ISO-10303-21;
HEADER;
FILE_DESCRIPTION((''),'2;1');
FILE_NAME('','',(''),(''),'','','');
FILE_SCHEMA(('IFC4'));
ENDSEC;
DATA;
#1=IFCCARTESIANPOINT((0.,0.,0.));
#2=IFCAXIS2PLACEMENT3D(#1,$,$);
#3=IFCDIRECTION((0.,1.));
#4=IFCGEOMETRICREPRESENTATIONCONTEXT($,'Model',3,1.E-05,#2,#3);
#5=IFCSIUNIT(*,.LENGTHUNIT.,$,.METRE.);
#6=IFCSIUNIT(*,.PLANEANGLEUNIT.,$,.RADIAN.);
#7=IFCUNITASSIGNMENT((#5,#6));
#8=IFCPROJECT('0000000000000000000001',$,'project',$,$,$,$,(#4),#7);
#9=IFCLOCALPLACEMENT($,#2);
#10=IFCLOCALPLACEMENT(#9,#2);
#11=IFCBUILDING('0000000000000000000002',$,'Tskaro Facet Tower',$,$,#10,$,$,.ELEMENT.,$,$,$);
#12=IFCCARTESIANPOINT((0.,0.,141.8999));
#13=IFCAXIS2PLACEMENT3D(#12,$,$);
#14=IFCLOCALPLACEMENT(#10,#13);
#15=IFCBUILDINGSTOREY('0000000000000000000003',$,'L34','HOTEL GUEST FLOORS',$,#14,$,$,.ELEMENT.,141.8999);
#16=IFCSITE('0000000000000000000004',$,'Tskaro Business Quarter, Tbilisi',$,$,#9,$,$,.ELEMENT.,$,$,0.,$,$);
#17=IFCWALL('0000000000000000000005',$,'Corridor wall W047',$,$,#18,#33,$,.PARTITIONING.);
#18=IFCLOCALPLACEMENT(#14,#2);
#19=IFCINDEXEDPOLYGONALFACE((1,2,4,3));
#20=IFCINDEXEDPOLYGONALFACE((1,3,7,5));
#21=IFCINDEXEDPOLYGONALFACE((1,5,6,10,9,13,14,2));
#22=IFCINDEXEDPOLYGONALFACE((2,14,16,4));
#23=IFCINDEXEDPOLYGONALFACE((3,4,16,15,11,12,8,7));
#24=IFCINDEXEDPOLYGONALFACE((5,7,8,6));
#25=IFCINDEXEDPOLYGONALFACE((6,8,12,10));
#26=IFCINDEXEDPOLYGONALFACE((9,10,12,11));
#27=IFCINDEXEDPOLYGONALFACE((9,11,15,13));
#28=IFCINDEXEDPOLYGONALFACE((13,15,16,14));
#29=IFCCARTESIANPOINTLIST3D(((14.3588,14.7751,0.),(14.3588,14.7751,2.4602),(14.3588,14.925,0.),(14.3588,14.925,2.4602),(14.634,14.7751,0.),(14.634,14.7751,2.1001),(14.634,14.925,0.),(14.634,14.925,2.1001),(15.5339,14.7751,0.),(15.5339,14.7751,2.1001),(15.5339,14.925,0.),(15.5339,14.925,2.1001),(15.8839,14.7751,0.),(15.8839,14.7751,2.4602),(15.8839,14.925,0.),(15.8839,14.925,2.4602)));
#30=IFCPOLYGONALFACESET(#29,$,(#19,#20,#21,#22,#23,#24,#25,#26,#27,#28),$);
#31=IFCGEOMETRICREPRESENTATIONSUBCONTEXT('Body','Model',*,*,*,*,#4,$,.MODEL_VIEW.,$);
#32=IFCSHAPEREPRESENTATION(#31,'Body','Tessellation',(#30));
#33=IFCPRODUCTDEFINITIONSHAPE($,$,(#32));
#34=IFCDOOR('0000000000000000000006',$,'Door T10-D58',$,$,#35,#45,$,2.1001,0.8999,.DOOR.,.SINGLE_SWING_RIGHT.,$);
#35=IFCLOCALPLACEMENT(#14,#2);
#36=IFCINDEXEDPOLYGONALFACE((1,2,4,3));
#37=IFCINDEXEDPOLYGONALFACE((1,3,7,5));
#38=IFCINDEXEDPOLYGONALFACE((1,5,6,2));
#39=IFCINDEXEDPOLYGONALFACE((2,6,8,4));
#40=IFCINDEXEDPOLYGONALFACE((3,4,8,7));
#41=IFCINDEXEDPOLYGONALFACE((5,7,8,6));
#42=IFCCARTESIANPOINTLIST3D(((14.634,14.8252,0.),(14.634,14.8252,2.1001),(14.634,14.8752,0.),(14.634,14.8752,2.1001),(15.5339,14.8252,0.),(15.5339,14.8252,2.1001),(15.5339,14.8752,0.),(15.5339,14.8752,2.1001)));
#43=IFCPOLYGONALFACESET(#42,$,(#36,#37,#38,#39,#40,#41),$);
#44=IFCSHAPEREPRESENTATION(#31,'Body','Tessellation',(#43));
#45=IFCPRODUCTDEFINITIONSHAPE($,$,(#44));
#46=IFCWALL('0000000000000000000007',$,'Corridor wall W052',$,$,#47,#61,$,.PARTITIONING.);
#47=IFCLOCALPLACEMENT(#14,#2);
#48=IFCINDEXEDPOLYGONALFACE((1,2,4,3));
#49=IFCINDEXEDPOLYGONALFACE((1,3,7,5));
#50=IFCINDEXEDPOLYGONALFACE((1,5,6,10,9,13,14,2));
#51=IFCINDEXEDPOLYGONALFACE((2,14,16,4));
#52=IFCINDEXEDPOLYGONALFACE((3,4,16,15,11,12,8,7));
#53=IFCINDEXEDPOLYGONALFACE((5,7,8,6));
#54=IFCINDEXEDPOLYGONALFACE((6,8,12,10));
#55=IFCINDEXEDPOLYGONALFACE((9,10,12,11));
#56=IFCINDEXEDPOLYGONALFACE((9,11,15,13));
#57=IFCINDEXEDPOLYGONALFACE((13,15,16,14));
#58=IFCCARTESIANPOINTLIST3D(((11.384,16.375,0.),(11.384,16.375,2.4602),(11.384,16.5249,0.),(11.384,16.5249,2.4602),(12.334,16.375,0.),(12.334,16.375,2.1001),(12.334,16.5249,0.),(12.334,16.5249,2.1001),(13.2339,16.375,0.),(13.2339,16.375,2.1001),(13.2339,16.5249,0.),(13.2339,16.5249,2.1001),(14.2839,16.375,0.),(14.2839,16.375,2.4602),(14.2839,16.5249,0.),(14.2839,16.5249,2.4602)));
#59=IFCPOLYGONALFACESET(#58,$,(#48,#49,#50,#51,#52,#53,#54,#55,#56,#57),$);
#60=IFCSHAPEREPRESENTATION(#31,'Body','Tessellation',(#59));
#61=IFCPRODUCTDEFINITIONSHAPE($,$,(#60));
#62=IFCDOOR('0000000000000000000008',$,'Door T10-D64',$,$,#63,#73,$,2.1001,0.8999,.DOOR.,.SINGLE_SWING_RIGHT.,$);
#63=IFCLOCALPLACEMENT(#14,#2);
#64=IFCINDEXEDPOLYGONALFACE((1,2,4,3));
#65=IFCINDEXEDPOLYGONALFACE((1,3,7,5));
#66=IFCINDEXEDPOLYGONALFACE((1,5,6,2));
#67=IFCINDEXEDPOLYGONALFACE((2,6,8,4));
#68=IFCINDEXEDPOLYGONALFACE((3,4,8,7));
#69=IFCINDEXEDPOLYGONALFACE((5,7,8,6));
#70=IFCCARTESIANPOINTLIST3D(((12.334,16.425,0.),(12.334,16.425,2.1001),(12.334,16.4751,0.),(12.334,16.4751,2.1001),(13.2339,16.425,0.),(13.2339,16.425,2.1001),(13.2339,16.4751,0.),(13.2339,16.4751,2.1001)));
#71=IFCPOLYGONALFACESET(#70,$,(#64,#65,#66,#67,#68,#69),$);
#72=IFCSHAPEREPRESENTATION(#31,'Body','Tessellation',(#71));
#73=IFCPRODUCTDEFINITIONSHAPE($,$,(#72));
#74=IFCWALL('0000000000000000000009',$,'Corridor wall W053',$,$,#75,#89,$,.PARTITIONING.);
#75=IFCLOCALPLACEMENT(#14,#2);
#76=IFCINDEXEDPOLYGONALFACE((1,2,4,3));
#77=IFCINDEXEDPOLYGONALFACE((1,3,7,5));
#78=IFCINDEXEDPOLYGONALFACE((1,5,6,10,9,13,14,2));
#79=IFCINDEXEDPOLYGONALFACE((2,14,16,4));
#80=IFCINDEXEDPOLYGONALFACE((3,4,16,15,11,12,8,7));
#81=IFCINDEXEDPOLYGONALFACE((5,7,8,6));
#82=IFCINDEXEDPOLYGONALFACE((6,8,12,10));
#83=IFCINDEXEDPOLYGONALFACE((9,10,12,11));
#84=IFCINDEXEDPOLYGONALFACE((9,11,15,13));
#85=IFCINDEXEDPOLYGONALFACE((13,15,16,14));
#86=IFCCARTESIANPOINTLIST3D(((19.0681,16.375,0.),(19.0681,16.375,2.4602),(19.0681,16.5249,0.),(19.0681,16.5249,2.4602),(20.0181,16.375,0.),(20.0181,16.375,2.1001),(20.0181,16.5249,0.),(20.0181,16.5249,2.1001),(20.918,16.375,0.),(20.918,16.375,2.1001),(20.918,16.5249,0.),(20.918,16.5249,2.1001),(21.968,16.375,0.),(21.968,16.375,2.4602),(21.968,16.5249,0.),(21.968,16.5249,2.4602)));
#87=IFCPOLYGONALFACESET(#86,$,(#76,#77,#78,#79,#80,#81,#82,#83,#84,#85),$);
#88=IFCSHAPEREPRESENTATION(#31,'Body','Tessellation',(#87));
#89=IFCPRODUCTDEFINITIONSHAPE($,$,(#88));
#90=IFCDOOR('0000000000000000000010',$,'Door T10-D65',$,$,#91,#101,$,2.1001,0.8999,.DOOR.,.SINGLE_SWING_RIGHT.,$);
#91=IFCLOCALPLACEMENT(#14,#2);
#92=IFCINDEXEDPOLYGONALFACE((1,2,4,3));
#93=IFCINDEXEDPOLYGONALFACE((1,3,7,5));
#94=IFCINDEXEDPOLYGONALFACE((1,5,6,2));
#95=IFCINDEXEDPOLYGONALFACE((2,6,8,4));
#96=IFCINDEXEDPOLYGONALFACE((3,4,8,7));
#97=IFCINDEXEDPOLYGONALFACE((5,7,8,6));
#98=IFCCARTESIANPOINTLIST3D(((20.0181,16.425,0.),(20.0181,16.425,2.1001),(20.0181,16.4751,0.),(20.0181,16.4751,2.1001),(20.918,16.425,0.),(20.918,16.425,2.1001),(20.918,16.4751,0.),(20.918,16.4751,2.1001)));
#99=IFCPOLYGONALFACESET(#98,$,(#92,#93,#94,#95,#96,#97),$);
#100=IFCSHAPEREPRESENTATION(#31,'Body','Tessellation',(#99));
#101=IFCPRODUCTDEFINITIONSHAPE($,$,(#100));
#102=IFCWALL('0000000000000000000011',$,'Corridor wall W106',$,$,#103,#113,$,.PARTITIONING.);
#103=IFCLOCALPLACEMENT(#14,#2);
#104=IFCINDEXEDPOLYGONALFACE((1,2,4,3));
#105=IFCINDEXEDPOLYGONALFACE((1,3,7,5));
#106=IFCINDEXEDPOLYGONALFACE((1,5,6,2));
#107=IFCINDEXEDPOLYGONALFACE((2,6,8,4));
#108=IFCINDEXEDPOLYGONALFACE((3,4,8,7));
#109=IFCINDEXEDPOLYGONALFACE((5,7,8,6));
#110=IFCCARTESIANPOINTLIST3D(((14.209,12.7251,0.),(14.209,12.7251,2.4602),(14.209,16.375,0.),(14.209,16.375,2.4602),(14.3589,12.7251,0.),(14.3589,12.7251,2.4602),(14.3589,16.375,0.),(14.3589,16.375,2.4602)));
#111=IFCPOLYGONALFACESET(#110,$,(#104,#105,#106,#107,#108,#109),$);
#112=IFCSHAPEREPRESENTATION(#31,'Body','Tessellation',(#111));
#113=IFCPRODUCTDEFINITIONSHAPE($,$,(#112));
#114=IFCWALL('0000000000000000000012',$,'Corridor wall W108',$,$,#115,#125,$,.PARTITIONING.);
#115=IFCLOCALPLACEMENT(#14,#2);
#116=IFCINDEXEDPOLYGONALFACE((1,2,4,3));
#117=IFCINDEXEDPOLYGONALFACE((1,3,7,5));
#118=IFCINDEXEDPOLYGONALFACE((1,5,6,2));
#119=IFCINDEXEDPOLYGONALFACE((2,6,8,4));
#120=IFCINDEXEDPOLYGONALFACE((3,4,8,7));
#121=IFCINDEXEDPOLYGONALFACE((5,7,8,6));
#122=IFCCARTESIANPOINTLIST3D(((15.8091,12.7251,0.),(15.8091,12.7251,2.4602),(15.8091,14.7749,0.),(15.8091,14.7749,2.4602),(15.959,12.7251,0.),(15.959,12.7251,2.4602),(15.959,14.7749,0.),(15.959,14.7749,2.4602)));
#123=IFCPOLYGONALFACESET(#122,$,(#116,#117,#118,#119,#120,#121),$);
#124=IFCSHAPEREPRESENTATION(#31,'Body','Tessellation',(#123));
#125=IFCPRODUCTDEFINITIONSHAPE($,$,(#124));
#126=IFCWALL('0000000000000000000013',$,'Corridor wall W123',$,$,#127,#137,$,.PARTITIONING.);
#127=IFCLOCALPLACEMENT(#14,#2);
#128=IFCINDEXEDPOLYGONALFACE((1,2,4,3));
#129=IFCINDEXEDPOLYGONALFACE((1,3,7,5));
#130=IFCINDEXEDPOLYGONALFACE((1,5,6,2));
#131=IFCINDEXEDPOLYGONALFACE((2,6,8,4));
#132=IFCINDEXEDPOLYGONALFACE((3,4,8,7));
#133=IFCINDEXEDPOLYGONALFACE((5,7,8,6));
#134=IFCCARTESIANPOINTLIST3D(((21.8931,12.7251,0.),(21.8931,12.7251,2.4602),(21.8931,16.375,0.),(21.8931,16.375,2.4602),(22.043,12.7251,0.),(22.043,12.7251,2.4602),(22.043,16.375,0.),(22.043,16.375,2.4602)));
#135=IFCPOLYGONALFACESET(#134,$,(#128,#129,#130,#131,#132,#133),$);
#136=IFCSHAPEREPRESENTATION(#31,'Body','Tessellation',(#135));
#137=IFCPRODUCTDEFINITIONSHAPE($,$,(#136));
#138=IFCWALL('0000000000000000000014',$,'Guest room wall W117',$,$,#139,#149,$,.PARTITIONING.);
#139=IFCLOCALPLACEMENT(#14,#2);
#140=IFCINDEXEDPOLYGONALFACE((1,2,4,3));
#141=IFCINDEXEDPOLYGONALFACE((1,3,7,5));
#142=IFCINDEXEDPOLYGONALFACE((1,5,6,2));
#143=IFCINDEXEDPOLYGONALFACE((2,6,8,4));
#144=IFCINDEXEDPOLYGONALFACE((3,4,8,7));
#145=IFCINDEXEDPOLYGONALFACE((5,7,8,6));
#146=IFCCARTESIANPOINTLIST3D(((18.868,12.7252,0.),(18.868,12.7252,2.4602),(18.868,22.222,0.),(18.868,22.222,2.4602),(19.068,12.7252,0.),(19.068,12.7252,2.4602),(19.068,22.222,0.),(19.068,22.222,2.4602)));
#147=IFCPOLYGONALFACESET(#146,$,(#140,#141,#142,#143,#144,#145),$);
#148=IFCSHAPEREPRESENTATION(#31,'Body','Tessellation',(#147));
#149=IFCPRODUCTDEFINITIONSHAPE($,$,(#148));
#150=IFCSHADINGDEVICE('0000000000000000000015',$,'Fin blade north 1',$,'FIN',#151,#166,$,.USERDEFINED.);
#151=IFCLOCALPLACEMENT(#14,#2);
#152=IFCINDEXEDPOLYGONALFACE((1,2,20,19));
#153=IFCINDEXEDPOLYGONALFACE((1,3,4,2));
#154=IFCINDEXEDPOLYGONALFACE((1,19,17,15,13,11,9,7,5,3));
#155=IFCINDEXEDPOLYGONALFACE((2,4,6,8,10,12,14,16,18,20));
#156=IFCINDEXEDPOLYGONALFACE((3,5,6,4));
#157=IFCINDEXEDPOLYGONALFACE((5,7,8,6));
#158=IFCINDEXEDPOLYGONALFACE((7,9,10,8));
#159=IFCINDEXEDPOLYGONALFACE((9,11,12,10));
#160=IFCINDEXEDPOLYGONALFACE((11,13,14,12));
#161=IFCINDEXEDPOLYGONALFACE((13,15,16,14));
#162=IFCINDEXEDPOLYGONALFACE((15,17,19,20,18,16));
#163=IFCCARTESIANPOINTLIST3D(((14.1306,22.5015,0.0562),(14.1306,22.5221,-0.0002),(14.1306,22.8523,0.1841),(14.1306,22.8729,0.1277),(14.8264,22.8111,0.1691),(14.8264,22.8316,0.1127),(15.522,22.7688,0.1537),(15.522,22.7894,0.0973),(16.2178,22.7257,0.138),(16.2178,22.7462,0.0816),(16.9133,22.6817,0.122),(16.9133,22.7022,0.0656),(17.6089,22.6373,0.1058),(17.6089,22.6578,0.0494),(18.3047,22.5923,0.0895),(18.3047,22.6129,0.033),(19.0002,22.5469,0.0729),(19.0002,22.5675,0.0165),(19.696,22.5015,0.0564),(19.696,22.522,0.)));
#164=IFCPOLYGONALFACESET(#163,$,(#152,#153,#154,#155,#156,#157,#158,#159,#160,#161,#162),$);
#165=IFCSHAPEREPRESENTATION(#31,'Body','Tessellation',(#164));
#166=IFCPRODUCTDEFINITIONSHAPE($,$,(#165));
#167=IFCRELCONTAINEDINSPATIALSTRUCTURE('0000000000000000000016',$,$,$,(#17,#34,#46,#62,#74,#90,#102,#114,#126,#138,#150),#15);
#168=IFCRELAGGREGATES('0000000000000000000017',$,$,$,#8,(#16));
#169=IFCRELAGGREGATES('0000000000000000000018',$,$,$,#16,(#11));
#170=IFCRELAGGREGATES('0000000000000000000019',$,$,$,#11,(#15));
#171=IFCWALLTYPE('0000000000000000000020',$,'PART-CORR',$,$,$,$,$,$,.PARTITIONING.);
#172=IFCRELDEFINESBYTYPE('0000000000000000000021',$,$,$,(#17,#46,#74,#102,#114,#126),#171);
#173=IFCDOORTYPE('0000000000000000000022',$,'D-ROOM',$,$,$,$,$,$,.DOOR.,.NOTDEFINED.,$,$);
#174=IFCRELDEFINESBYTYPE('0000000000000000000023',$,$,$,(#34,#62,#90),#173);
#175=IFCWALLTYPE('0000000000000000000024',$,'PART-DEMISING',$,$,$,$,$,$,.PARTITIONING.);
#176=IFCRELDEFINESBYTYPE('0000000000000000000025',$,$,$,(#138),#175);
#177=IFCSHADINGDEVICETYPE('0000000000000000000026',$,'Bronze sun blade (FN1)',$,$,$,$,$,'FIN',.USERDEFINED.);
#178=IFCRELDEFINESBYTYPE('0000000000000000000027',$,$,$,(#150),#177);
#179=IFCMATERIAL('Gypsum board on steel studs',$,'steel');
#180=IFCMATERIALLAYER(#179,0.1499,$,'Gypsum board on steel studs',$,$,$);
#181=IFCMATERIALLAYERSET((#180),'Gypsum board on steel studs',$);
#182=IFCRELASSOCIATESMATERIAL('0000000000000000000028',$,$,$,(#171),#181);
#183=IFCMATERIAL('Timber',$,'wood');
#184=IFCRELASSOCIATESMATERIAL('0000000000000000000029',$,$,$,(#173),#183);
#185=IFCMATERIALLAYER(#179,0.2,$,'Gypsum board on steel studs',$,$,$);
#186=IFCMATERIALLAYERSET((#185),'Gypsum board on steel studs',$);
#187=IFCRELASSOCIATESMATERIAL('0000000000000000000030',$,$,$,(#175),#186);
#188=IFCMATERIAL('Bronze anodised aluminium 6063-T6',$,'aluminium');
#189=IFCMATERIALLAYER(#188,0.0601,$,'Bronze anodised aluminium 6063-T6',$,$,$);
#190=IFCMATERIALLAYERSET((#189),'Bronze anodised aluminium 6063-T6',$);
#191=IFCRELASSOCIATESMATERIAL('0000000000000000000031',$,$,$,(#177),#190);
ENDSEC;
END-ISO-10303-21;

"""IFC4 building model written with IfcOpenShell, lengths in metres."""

from ifc_helpers import new_model, si_unit, direction, frame, frame_2d, origin, place, context, subcontext, project, spatial, polyline, rectangle, outline, extrude, material, layer, layer_set, type_object, element, fill, save


model = new_model("IFC4")

# Units and contexts
model_context = context("Model", 3, precision=1e-05, world=origin(), true_north=direction((0.0, 1.0)))
body_context = subcontext(model_context, "Body", "Model", "MODEL_VIEW")
ifc_project = project(units=[si_unit("LENGTHUNIT", "METRE"), si_unit("PLANEANGLEUNIT", "RADIAN")], contexts=[model_context])

# Site, building, storey
site_placement = place(None, origin())
site = spatial("IfcSite", under=ifc_project, at=site_placement, Name="Tskaro Business Quarter, Tbilisi", CompositionType="ELEMENT", RefElevation=0.0)
building_placement = place(site_placement, origin())
building = spatial("IfcBuilding", under=site, at=building_placement, Name="Tskaro Facet Tower", CompositionType="ELEMENT")
storey_placement = place(building_placement, frame((0.0, 0.0, 141.8999)))
storey = spatial("IfcBuildingStorey", under=building, at=storey_placement, Name="L34", Description="HOTEL GUEST FLOORS", CompositionType="ELEMENT", Elevation=141.8999)

# Shared definitions
ifc_material_1 = material(Name="Bronze anodised aluminium 6063-T6", Category="aluminium")

# Walls, openings, doors
ifc_material_2 = material(Name="Gypsum board on steel studs", Category="steel")
ifc_layer_1 = layer(ifc_material_2, 0.1499, Name="Gypsum board on steel studs")
ifc_layer_set_1 = layer_set([ifc_layer_1], Name="Gypsum board on steel studs")
wall_type_1 = type_object("IfcWallType", Name="PART-CORR", PredefinedType="PARTITIONING", material=ifc_layer_set_1)
wall_1_placement = place(storey_placement, frame((15.884, 14.8501, 0.0), z_axis=(0.0, 0.0, 1.0), x_axis=(-1.0, 0.0, 0.0)))
wall_1 = element("IfcWall", 1, at=wall_1_placement, inside=storey, type_object=wall_type_1, Name="Corridor wall W047", PredefinedType="PARTITIONING", context=body_context, shape_type="SweptSolid", body=[
    extrude(rectangle(XDim=1.5251, YDim=0.1499, at=frame_2d((0.7627, 0.0))), origin(), (0.0, 0.0, 1.0), 2.4602),
])
opening_1_placement = place(wall_1_placement, frame((0.3501, 0.0, 0.0)))
opening_1 = element("IfcOpeningElement", 2, at=opening_1_placement, cuts=wall_1, PredefinedType="OPENING", context=body_context, shape_type="SweptSolid", body=[
    extrude(rectangle(XDim=0.8999, YDim=2.1001, at=frame_2d((0.45, 1.05))), frame((0.0, 0.085, 0.0), z_axis=(0.0, -1.0, 0.0), x_axis=(1.0, 0.0, 0.0)), (0.0, 0.0, 1.0), 0.1699),
])
ifc_material_3 = material(Name="Timber", Category="wood")
door_type = type_object("IfcDoorType", Name="D-ROOM", OperationType="NOTDEFINED", PredefinedType="DOOR", material=ifc_material_3)
door_1_placement = place(opening_1_placement, origin())
door_1 = element("IfcDoor", 3, at=door_1_placement, inside=storey, type_object=door_type, Name="Door T10-D58", OperationType="SINGLE_SWING_RIGHT", OverallHeight=2.1001, OverallWidth=0.8999, PredefinedType="DOOR", context=body_context, shape_type="SweptSolid", body=[
    extrude(rectangle(XDim=0.8999, YDim=2.1001, at=frame_2d((0.45, 1.05))), frame((0.0, 0.0249, 0.0), z_axis=(0.0, -1.0, 0.0), x_axis=(1.0, 0.0, 0.0)), (0.0, 0.0, 1.0), 0.05),
])
fill(opening_1, door_1)
wall_2_placement = place(storey_placement, frame((14.2839, 16.45, 0.0), z_axis=(0.0, 0.0, 1.0), x_axis=(-1.0, 0.0, 0.0)))
wall_2 = element("IfcWall", 4, at=wall_2_placement, inside=storey, type_object=wall_type_1, Name="Corridor wall W052", PredefinedType="PARTITIONING", context=body_context, shape_type="SweptSolid", body=[
    extrude(rectangle(XDim=2.8999, YDim=0.1499, at=frame_2d((1.45, 0.0))), origin(), (0.0, 0.0, 1.0), 2.4602),
])
opening_2_placement = place(wall_2_placement, frame((1.05, 0.0, 0.0)))
opening_2 = element("IfcOpeningElement", 5, at=opening_2_placement, cuts=wall_2, PredefinedType="OPENING", context=body_context, shape_type="SweptSolid", body=[
    extrude(rectangle(XDim=0.8999, YDim=2.1001, at=frame_2d((0.45, 1.05))), frame((0.0, 0.085, 0.0), z_axis=(0.0, -1.0, 0.0), x_axis=(1.0, 0.0, 0.0)), (0.0, 0.0, 1.0), 0.1699),
])
door_2_placement = place(opening_2_placement, origin())
door_2 = element("IfcDoor", 6, at=door_2_placement, inside=storey, type_object=door_type, Name="Door T10-D64", OperationType="SINGLE_SWING_RIGHT", OverallHeight=2.1001, OverallWidth=0.8999, PredefinedType="DOOR", context=body_context, shape_type="SweptSolid", body=[
    extrude(rectangle(XDim=0.8999, YDim=2.1001, at=frame_2d((0.45, 1.05))), frame((0.0, 0.0249, 0.0), z_axis=(0.0, -1.0, 0.0), x_axis=(1.0, 0.0, 0.0)), (0.0, 0.0, 1.0), 0.05),
])
fill(opening_2, door_2)
wall_3_placement = place(storey_placement, frame((21.968, 16.45, 0.0), z_axis=(0.0, 0.0, 1.0), x_axis=(-1.0, 0.0, 0.0)))
wall_3 = element("IfcWall", 7, at=wall_3_placement, inside=storey, type_object=wall_type_1, Name="Corridor wall W053", PredefinedType="PARTITIONING", context=body_context, shape_type="SweptSolid", body=[
    extrude(rectangle(XDim=2.8999, YDim=0.1499, at=frame_2d((1.45, 0.0))), origin(), (0.0, 0.0, 1.0), 2.4602),
])
opening_3_placement = place(wall_3_placement, frame((1.05, 0.0, 0.0)))
opening_3 = element("IfcOpeningElement", 8, at=opening_3_placement, cuts=wall_3, PredefinedType="OPENING", context=body_context, shape_type="SweptSolid", body=[
    extrude(rectangle(XDim=0.8999, YDim=2.1001, at=frame_2d((0.45, 1.05))), frame((0.0, 0.085, 0.0), z_axis=(0.0, -1.0, 0.0), x_axis=(1.0, 0.0, 0.0)), (0.0, 0.0, 1.0), 0.1699),
])
door_3_placement = place(opening_3_placement, origin())
door_3 = element("IfcDoor", 9, at=door_3_placement, inside=storey, type_object=door_type, Name="Door T10-D65", OperationType="SINGLE_SWING_RIGHT", OverallHeight=2.1001, OverallWidth=0.8999, PredefinedType="DOOR", context=body_context, shape_type="SweptSolid", body=[
    extrude(rectangle(XDim=0.8999, YDim=2.1001, at=frame_2d((0.45, 1.05))), frame((0.0, 0.0249, 0.0), z_axis=(0.0, -1.0, 0.0), x_axis=(1.0, 0.0, 0.0)), (0.0, 0.0, 1.0), 0.05),
])
fill(opening_3, door_3)

# Walls
wall_4_placement = place(storey_placement, frame((14.2839, 12.7251, 0.0), z_axis=(0.0, 0.0, 1.0), x_axis=(0.0, 1.0, 0.0)))
element("IfcWall", 10, at=wall_4_placement, inside=storey, type_object=wall_type_1, Name="Corridor wall W106", PredefinedType="PARTITIONING", context=body_context, shape_type="SweptSolid", body=[
    extrude(rectangle(XDim=3.6499, YDim=0.1499, at=frame_2d((1.825, 0.0))), origin(), (0.0, 0.0, 1.0), 2.4602),
])
wall_5_placement = place(storey_placement, frame((15.884, 12.7251, 0.0), z_axis=(0.0, 0.0, 1.0), x_axis=(0.0, 1.0, 0.0)))
element("IfcWall", 11, at=wall_5_placement, inside=storey, type_object=wall_type_1, Name="Corridor wall W108", PredefinedType="PARTITIONING", context=body_context, shape_type="SweptSolid", body=[
    extrude(rectangle(XDim=2.0498, YDim=0.1499, at=frame_2d((1.0249, 0.0))), origin(), (0.0, 0.0, 1.0), 2.4602),
])
wall_6_placement = place(storey_placement, frame((21.968, 12.7251, 0.0), z_axis=(0.0, 0.0, 1.0), x_axis=(0.0, 1.0, 0.0)))
element("IfcWall", 12, at=wall_6_placement, inside=storey, type_object=wall_type_1, Name="Corridor wall W123", PredefinedType="PARTITIONING", context=body_context, shape_type="SweptSolid", body=[
    extrude(rectangle(XDim=3.6499, YDim=0.1499, at=frame_2d((1.825, 0.0))), origin(), (0.0, 0.0, 1.0), 2.4602),
])
ifc_layer_2 = layer(ifc_material_2, 0.2, Name="Gypsum board on steel studs")
ifc_layer_set_2 = layer_set([ifc_layer_2], Name="Gypsum board on steel studs")
wall_type_2 = type_object("IfcWallType", Name="PART-DEMISING", PredefinedType="PARTITIONING", material=ifc_layer_set_2)
wall_7_placement = place(storey_placement, frame((18.968, 12.7251, 0.0), z_axis=(0.0, 0.0, 1.0), x_axis=(0.0, 1.0, 0.0)))
element("IfcWall", 13, at=wall_7_placement, inside=storey, type_object=wall_type_2, Name="Guest room wall W117", PredefinedType="PARTITIONING", context=body_context, shape_type="SweptSolid", body=[
    extrude(rectangle(XDim=9.4968, YDim=0.2, at=frame_2d((4.7485, 0.0))), origin(), (0.0, 0.0, 1.0), 2.4602),
])

# Shading device
ifc_layer_3 = layer(ifc_material_1, 0.0601, Name="Bronze anodised aluminium 6063-T6")
ifc_layer_set_3 = layer_set([ifc_layer_3], Name="Bronze anodised aluminium 6063-T6")
shading_device_type = type_object("IfcShadingDeviceType", Name="Bronze sun blade (FN1)", ElementType="FIN", PredefinedType="USERDEFINED", material=ifc_layer_set_3)
shading_device_1_placement = place(storey_placement, frame((19.696, 22.5015, 0.0564), z_axis=(-0.000039, -0.342549, 0.9395), x_axis=(-1.0, 0.000013, -0.000036)))
element("IfcShadingDevice", 14, at=shading_device_1_placement, inside=storey, type_object=shading_device_type, Name="Fin blade north 1", ObjectType="FIN", PredefinedType="USERDEFINED", context=body_context, shape_type="SweptSolid", body=[
    extrude(outline(polyline([(0.0, 0.0), (5.5654, 0.0), (5.5654, -0.3733), (4.8696, -0.3295), (4.1741, -0.2845), (3.4783, -0.2386), (2.7827, -0.1918), (2.0872, -0.1445), (1.3914, -0.0967), (0.6958, -0.0483), (0.0, 0.0)])), origin(), (0.0, 0.0, -1.0), 0.0601),
])

save(model, "model.ifc")
